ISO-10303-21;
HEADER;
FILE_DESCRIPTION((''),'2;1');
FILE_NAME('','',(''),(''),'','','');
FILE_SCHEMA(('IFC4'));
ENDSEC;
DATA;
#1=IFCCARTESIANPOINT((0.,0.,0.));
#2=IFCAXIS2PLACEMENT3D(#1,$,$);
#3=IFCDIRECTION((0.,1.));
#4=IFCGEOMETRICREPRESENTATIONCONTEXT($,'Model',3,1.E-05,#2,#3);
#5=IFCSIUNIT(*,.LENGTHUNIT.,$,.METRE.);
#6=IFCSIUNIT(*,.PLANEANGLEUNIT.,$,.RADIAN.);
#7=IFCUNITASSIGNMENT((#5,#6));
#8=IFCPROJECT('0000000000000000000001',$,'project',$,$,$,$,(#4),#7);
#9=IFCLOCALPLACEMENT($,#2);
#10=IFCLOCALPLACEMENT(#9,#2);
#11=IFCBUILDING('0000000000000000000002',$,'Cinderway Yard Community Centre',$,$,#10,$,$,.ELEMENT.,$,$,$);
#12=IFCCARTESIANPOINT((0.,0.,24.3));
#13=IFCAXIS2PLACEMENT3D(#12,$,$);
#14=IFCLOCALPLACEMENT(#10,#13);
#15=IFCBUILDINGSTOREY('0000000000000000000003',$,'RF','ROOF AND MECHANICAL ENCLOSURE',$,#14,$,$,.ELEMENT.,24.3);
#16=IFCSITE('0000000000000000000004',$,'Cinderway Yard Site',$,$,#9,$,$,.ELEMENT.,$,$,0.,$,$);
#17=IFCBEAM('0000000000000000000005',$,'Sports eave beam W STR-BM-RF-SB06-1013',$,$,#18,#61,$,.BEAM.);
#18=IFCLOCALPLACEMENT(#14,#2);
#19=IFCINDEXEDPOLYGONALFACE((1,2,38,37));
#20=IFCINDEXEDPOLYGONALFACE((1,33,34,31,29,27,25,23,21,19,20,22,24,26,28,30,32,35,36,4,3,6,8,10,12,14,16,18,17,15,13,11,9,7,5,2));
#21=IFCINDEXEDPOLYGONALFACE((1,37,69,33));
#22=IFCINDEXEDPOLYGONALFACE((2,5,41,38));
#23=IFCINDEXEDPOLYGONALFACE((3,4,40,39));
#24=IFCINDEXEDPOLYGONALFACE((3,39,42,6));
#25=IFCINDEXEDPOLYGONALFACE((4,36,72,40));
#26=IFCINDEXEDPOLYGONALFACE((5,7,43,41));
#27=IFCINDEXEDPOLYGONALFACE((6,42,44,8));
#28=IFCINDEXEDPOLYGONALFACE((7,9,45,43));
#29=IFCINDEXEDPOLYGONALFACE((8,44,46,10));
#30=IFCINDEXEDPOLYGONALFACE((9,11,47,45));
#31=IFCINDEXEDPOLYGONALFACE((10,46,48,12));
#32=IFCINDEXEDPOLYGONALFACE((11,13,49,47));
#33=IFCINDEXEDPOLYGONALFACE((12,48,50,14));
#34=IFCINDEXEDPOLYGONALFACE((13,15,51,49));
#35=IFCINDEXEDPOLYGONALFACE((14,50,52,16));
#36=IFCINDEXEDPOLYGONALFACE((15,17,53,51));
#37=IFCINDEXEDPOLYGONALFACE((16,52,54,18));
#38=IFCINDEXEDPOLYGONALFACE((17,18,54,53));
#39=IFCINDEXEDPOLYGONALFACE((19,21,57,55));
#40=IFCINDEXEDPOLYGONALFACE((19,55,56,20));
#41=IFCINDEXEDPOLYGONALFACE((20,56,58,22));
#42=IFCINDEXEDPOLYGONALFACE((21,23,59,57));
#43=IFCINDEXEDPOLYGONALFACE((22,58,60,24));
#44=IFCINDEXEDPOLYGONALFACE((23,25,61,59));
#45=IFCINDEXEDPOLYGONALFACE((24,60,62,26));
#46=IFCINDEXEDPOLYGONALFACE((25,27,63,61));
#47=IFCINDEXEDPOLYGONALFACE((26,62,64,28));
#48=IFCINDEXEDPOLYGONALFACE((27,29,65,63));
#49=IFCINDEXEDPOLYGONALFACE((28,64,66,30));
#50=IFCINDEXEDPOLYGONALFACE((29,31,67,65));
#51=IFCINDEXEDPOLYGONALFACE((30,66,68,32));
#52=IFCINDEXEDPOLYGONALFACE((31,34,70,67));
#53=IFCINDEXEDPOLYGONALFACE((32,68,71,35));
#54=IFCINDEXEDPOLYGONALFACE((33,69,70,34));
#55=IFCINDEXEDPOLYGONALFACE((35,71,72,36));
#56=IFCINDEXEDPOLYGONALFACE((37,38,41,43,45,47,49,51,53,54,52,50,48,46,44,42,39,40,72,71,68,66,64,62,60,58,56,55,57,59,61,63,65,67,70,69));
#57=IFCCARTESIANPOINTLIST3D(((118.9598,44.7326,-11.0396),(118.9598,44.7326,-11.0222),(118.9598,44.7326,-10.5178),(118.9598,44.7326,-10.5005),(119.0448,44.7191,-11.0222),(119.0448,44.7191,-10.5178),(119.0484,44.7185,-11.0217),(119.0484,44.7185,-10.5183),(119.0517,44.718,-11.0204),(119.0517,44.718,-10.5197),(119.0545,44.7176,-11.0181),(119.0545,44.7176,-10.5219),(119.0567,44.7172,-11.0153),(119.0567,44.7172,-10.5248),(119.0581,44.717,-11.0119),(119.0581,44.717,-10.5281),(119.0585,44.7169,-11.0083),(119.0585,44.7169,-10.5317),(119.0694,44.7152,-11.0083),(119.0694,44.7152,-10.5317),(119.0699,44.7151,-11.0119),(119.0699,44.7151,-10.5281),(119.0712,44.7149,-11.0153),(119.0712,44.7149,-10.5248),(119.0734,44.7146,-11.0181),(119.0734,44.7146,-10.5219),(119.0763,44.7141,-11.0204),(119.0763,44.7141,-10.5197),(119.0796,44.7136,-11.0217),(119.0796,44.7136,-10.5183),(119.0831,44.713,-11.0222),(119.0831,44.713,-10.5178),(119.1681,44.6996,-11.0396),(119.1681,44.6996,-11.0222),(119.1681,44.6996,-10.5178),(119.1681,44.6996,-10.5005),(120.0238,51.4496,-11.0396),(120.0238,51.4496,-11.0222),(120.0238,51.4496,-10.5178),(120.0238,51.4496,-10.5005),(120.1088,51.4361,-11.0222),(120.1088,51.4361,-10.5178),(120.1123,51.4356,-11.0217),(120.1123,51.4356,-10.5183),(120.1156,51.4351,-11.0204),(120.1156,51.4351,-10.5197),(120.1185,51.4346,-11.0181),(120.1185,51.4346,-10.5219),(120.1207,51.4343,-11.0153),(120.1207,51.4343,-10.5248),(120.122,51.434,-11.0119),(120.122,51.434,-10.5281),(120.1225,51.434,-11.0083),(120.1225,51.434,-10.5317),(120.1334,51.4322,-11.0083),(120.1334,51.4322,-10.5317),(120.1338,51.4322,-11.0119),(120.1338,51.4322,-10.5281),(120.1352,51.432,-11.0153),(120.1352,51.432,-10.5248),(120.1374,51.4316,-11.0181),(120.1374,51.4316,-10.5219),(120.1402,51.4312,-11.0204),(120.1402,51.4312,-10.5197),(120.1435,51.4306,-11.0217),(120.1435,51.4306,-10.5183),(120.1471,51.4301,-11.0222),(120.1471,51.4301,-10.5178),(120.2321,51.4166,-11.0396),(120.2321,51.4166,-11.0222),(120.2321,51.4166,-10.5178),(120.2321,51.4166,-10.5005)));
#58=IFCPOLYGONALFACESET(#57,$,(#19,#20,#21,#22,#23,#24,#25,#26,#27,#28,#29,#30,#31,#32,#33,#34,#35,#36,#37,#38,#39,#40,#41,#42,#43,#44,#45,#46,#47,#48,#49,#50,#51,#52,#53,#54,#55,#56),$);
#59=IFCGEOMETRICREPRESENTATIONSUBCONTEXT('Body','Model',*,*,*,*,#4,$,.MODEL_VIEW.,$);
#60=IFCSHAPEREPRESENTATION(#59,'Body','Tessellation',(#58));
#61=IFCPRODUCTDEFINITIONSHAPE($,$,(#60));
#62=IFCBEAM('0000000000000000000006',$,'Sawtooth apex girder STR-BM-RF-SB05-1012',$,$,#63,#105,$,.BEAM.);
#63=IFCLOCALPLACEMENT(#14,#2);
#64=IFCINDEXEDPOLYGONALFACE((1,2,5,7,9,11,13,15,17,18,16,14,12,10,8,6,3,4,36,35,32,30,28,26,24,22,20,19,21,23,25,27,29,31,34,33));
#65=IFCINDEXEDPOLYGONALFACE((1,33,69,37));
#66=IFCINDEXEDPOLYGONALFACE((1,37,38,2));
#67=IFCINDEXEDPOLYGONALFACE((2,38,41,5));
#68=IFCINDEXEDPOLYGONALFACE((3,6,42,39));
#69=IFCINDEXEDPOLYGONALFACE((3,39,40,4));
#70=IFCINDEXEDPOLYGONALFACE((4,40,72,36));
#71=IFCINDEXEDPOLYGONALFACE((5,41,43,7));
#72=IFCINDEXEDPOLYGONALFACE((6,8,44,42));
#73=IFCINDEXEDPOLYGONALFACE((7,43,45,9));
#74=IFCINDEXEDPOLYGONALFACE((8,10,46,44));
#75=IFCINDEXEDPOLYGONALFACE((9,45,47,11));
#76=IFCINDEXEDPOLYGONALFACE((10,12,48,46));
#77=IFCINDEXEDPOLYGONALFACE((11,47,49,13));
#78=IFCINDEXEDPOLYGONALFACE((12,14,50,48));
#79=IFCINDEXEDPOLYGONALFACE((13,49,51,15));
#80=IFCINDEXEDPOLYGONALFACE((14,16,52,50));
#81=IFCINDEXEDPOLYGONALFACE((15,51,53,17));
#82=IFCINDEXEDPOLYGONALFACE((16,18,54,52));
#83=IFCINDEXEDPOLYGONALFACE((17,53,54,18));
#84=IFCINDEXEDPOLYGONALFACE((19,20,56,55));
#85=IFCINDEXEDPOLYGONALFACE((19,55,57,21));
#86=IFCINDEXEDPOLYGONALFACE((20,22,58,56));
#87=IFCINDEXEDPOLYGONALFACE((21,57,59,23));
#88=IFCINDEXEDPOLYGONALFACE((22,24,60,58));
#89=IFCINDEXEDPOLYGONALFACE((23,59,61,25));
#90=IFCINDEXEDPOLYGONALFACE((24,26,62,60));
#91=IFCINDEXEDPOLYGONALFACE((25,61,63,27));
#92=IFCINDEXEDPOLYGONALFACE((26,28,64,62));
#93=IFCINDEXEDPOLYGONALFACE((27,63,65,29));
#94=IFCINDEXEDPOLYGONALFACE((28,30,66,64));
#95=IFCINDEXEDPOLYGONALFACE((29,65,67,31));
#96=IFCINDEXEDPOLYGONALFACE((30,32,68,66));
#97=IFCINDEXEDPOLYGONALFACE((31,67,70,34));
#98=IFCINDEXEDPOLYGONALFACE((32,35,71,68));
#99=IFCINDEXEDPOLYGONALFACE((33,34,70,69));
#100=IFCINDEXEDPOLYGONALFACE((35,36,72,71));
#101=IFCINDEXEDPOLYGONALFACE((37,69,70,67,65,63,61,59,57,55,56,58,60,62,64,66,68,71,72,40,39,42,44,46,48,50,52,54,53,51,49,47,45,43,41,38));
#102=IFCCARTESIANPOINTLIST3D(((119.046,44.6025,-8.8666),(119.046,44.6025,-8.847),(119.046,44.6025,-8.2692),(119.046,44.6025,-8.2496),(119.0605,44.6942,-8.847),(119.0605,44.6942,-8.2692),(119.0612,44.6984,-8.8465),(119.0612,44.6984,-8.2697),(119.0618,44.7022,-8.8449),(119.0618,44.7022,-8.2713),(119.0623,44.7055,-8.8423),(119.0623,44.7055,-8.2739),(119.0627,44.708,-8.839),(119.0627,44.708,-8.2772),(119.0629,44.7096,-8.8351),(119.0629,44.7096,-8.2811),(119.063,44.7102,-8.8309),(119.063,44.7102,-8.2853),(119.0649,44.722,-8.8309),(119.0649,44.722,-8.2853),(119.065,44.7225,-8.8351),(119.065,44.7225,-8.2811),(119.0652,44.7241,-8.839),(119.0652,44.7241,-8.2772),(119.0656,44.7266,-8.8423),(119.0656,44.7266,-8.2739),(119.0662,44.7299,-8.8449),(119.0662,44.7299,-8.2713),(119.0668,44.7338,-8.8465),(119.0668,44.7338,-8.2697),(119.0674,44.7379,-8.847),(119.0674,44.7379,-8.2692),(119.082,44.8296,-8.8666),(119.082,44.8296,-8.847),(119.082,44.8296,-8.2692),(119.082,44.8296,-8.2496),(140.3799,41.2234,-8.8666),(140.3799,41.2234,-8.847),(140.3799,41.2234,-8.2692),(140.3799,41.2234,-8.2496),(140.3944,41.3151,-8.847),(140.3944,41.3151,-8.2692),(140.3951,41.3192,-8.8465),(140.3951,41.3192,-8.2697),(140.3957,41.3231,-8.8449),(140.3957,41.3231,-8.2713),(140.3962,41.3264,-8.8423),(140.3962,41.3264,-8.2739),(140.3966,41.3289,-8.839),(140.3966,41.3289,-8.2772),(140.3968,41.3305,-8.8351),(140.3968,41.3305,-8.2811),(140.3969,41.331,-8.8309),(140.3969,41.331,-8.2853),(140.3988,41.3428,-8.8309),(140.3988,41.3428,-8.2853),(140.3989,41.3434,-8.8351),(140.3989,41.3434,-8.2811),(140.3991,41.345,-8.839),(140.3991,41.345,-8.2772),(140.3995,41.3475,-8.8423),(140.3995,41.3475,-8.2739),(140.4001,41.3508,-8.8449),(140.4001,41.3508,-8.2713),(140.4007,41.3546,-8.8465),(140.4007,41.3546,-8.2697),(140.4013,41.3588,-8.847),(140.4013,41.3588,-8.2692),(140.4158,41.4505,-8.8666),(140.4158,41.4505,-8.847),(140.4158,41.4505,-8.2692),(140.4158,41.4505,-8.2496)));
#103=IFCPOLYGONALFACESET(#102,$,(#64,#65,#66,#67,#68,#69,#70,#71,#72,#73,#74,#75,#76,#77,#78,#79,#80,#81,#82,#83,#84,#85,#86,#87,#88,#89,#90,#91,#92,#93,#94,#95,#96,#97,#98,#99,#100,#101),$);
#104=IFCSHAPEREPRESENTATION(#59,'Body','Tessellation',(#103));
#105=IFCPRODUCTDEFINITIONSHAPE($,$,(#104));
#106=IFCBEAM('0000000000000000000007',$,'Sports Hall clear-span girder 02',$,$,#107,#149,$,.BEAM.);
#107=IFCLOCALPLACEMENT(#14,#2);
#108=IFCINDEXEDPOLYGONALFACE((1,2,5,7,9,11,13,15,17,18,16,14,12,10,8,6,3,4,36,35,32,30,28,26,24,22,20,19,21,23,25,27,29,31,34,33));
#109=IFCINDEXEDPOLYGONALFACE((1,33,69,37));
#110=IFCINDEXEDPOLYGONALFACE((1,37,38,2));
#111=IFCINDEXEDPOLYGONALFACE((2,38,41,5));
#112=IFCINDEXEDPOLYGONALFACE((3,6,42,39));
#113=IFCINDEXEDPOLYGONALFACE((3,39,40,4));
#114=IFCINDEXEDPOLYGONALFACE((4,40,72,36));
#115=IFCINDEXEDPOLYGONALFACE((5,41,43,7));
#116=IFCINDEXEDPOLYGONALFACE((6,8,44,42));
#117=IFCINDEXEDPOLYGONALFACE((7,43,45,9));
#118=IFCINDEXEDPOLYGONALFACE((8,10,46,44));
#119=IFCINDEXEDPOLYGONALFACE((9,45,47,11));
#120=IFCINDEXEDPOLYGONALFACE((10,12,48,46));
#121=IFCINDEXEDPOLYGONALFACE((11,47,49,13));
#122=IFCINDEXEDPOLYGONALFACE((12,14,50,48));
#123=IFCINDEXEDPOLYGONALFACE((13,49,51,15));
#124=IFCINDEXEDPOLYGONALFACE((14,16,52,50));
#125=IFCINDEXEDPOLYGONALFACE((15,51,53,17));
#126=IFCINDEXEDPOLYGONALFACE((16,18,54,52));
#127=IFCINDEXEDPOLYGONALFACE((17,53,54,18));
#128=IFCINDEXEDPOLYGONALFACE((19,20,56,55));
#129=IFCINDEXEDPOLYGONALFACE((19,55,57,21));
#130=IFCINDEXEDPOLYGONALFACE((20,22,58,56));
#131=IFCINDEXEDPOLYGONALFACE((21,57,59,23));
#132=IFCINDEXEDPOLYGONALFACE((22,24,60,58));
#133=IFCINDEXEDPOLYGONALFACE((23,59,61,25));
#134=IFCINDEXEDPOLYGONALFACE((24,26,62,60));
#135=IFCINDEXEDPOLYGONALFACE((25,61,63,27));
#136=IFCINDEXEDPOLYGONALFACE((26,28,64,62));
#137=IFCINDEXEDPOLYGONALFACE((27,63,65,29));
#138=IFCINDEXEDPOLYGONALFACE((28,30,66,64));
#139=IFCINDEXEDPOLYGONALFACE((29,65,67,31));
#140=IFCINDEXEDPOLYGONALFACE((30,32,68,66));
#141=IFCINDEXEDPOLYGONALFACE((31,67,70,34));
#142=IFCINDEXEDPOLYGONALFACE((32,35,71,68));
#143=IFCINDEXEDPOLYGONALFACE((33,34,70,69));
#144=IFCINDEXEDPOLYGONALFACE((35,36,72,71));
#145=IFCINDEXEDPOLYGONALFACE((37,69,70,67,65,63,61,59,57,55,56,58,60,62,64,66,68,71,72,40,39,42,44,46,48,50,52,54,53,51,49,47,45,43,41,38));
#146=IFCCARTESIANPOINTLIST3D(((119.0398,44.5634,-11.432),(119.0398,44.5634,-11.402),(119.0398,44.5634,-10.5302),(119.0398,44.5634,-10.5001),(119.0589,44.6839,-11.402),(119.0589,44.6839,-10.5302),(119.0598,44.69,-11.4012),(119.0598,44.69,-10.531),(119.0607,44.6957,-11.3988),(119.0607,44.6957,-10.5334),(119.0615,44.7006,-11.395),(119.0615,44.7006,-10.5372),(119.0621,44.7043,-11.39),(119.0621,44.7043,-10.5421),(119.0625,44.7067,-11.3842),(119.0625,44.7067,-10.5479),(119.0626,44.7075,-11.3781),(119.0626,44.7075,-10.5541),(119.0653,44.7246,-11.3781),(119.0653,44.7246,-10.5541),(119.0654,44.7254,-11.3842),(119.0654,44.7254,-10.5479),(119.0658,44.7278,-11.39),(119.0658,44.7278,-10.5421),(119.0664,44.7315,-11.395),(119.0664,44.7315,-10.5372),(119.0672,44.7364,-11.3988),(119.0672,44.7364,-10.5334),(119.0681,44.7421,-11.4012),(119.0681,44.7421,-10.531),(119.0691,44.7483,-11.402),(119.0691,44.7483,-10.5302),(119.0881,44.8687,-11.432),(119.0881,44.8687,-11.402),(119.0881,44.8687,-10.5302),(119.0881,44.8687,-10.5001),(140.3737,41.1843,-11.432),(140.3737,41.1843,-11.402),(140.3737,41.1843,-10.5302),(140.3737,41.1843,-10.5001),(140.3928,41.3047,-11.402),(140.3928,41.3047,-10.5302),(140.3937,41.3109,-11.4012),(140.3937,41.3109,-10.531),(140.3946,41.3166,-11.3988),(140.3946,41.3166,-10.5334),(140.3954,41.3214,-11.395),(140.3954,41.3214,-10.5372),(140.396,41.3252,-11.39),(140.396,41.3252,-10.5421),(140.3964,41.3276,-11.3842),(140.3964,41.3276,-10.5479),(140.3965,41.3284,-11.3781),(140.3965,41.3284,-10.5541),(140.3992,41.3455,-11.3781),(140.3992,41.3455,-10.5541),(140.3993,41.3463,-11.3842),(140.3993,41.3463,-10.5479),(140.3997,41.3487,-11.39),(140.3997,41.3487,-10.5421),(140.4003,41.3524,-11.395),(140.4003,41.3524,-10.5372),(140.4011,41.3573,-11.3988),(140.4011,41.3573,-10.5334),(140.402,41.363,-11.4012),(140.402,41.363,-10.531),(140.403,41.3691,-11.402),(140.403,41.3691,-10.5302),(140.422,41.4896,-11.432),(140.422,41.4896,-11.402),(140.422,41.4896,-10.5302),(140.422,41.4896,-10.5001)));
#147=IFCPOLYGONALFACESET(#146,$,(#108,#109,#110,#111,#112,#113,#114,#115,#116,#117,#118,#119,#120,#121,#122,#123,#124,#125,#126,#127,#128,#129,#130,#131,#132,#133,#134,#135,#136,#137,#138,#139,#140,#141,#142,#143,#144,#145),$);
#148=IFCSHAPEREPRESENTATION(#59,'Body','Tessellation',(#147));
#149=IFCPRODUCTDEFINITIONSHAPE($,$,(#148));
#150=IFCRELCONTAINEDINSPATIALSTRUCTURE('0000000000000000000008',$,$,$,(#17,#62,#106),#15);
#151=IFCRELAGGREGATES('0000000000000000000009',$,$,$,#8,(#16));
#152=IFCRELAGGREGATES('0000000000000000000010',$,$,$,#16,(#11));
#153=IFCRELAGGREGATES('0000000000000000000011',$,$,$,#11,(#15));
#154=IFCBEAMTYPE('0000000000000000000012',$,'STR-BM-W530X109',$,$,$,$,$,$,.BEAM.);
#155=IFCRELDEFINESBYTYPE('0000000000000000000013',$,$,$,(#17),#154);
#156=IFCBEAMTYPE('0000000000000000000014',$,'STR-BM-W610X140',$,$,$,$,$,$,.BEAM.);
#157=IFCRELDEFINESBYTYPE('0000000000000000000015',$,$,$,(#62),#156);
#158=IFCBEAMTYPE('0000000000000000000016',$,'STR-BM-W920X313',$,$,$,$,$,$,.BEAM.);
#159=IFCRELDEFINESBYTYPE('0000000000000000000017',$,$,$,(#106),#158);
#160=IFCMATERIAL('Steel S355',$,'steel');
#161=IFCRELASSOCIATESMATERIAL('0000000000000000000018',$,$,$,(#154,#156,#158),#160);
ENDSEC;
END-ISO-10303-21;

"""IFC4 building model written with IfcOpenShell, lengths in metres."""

from ifc_helpers import new_model, si_unit, direction, frame, origin, origin_2d, place, context, subcontext, project, spatial, i_section, extrude, material, material_profile, profile_set, type_object, element, save


model = new_model("IFC4")

# Units and contexts
model_context = context("Model", 3, precision=1e-05, world=origin(), true_north=direction((0.0, 1.0)))
body_context = subcontext(model_context, "Body", "Model", "MODEL_VIEW")
ifc_project = project(units=[si_unit("LENGTHUNIT", "METRE"), si_unit("PLANEANGLEUNIT", "RADIAN")], contexts=[model_context])

# Site, building, storey
site_placement = place(None, origin())
site = spatial("IfcSite", under=ifc_project, at=site_placement, Name="Cinderway Yard Site", CompositionType="ELEMENT", RefElevation=0.0)
building_placement = place(site_placement, origin())
building = spatial("IfcBuilding", under=site, at=building_placement, Name="Cinderway Yard Community Centre", CompositionType="ELEMENT")
storey_placement = place(building_placement, frame((0.0, 0.0, 24.3)))
storey = spatial("IfcBuildingStorey", under=building, at=storey_placement, Name="RF", Description="ROOF AND MECHANICAL ENCLOSURE", CompositionType="ELEMENT", Elevation=24.3)

# Shared definitions
ifc_material_1 = material(Name="Steel S355", Category="steel")

# Beams
ifc_material_profile_1 = material_profile(ifc_material_1, i_section(OverallWidth=0.2109, OverallDepth=0.5391, WebThickness=0.011, FlangeThickness=0.0173, FilletRadius=0.0139, at=origin_2d()), Name="Steel S355")
ifc_profile_set_1 = profile_set([ifc_material_profile_1], Name="Steel S355")
beam_type_1 = type_object("IfcBeamType", Name="STR-BM-W530X109", PredefinedType="BEAM", material=ifc_profile_set_1)
beam_1_placement = place(storey_placement, frame((119.064, 44.7161, -10.77), z_axis=(0.156447, 0.987686, 0.0), x_axis=(-0.987686, 0.156447, 0.0)))
element("IfcBeam", 1, at=beam_1_placement, inside=storey, type_object=beam_type_1, Name="Sports eave beam W STR-BM-RF-SB06-1013", PredefinedType="BEAM", context=body_context, shape_type="SweptSolid", body=[
    extrude(i_section(OverallWidth=0.2109, OverallDepth=0.5391, WebThickness=0.011, FlangeThickness=0.0173, FilletRadius=0.0139, at=origin_2d()), origin(), (0.0, 0.0, 1.0), 6.8008),
])
ifc_material_profile_2 = material_profile(ifc_material_1, i_section(OverallWidth=0.23, OverallDepth=0.6169, WebThickness=0.012, FlangeThickness=0.0195, FilletRadius=0.0161, at=origin_2d()), Name="Steel S355")
ifc_profile_set_2 = profile_set([ifc_material_profile_2], Name="Steel S355")
beam_type_2 = type_object("IfcBeamType", Name="STR-BM-W610X140", PredefinedType="BEAM", material=ifc_profile_set_2)
beam_2_placement = place(storey_placement, frame((119.064, 44.7161, -8.5581), z_axis=(0.987687, -0.156443, 0.0), x_axis=(0.156443, 0.987687, 0.0)))
element("IfcBeam", 2, at=beam_2_placement, inside=storey, type_object=beam_type_2, Name="Sawtooth apex girder STR-BM-RF-SB05-1012", PredefinedType="BEAM", context=body_context, shape_type="SweptSolid", body=[
    extrude(i_section(OverallWidth=0.23, OverallDepth=0.6169, WebThickness=0.012, FlangeThickness=0.0195, FilletRadius=0.0161, at=origin_2d()), origin(), (0.0, 0.0, 1.0), 21.5999),
])
ifc_material_profile_3 = material_profile(ifc_material_1, i_section(OverallWidth=0.3091, OverallDepth=0.9319, WebThickness=0.0173, FlangeThickness=0.03, FilletRadius=0.0239, at=origin_2d()), Name="Steel S355")
ifc_profile_set_3 = profile_set([ifc_material_profile_3], Name="Steel S355")
beam_type_3 = type_object("IfcBeamType", Name="STR-BM-W920X313", PredefinedType="BEAM", material=ifc_profile_set_3)
beam_3_placement = place(storey_placement, frame((119.064, 44.7161, -10.9661), z_axis=(0.987687, -0.156443, 0.0), x_axis=(0.156443, 0.987687, 0.0)))
element("IfcBeam", 3, at=beam_3_placement, inside=storey, type_object=beam_type_3, Name="Sports Hall clear-span girder 02", PredefinedType="BEAM", context=body_context, shape_type="SweptSolid", body=[
    extrude(i_section(OverallWidth=0.3091, OverallDepth=0.9319, WebThickness=0.0173, FlangeThickness=0.03, FilletRadius=0.0239, at=origin_2d()), origin(), (0.0, 0.0, 1.0), 21.5999),
])

save(model, "model.ifc")
